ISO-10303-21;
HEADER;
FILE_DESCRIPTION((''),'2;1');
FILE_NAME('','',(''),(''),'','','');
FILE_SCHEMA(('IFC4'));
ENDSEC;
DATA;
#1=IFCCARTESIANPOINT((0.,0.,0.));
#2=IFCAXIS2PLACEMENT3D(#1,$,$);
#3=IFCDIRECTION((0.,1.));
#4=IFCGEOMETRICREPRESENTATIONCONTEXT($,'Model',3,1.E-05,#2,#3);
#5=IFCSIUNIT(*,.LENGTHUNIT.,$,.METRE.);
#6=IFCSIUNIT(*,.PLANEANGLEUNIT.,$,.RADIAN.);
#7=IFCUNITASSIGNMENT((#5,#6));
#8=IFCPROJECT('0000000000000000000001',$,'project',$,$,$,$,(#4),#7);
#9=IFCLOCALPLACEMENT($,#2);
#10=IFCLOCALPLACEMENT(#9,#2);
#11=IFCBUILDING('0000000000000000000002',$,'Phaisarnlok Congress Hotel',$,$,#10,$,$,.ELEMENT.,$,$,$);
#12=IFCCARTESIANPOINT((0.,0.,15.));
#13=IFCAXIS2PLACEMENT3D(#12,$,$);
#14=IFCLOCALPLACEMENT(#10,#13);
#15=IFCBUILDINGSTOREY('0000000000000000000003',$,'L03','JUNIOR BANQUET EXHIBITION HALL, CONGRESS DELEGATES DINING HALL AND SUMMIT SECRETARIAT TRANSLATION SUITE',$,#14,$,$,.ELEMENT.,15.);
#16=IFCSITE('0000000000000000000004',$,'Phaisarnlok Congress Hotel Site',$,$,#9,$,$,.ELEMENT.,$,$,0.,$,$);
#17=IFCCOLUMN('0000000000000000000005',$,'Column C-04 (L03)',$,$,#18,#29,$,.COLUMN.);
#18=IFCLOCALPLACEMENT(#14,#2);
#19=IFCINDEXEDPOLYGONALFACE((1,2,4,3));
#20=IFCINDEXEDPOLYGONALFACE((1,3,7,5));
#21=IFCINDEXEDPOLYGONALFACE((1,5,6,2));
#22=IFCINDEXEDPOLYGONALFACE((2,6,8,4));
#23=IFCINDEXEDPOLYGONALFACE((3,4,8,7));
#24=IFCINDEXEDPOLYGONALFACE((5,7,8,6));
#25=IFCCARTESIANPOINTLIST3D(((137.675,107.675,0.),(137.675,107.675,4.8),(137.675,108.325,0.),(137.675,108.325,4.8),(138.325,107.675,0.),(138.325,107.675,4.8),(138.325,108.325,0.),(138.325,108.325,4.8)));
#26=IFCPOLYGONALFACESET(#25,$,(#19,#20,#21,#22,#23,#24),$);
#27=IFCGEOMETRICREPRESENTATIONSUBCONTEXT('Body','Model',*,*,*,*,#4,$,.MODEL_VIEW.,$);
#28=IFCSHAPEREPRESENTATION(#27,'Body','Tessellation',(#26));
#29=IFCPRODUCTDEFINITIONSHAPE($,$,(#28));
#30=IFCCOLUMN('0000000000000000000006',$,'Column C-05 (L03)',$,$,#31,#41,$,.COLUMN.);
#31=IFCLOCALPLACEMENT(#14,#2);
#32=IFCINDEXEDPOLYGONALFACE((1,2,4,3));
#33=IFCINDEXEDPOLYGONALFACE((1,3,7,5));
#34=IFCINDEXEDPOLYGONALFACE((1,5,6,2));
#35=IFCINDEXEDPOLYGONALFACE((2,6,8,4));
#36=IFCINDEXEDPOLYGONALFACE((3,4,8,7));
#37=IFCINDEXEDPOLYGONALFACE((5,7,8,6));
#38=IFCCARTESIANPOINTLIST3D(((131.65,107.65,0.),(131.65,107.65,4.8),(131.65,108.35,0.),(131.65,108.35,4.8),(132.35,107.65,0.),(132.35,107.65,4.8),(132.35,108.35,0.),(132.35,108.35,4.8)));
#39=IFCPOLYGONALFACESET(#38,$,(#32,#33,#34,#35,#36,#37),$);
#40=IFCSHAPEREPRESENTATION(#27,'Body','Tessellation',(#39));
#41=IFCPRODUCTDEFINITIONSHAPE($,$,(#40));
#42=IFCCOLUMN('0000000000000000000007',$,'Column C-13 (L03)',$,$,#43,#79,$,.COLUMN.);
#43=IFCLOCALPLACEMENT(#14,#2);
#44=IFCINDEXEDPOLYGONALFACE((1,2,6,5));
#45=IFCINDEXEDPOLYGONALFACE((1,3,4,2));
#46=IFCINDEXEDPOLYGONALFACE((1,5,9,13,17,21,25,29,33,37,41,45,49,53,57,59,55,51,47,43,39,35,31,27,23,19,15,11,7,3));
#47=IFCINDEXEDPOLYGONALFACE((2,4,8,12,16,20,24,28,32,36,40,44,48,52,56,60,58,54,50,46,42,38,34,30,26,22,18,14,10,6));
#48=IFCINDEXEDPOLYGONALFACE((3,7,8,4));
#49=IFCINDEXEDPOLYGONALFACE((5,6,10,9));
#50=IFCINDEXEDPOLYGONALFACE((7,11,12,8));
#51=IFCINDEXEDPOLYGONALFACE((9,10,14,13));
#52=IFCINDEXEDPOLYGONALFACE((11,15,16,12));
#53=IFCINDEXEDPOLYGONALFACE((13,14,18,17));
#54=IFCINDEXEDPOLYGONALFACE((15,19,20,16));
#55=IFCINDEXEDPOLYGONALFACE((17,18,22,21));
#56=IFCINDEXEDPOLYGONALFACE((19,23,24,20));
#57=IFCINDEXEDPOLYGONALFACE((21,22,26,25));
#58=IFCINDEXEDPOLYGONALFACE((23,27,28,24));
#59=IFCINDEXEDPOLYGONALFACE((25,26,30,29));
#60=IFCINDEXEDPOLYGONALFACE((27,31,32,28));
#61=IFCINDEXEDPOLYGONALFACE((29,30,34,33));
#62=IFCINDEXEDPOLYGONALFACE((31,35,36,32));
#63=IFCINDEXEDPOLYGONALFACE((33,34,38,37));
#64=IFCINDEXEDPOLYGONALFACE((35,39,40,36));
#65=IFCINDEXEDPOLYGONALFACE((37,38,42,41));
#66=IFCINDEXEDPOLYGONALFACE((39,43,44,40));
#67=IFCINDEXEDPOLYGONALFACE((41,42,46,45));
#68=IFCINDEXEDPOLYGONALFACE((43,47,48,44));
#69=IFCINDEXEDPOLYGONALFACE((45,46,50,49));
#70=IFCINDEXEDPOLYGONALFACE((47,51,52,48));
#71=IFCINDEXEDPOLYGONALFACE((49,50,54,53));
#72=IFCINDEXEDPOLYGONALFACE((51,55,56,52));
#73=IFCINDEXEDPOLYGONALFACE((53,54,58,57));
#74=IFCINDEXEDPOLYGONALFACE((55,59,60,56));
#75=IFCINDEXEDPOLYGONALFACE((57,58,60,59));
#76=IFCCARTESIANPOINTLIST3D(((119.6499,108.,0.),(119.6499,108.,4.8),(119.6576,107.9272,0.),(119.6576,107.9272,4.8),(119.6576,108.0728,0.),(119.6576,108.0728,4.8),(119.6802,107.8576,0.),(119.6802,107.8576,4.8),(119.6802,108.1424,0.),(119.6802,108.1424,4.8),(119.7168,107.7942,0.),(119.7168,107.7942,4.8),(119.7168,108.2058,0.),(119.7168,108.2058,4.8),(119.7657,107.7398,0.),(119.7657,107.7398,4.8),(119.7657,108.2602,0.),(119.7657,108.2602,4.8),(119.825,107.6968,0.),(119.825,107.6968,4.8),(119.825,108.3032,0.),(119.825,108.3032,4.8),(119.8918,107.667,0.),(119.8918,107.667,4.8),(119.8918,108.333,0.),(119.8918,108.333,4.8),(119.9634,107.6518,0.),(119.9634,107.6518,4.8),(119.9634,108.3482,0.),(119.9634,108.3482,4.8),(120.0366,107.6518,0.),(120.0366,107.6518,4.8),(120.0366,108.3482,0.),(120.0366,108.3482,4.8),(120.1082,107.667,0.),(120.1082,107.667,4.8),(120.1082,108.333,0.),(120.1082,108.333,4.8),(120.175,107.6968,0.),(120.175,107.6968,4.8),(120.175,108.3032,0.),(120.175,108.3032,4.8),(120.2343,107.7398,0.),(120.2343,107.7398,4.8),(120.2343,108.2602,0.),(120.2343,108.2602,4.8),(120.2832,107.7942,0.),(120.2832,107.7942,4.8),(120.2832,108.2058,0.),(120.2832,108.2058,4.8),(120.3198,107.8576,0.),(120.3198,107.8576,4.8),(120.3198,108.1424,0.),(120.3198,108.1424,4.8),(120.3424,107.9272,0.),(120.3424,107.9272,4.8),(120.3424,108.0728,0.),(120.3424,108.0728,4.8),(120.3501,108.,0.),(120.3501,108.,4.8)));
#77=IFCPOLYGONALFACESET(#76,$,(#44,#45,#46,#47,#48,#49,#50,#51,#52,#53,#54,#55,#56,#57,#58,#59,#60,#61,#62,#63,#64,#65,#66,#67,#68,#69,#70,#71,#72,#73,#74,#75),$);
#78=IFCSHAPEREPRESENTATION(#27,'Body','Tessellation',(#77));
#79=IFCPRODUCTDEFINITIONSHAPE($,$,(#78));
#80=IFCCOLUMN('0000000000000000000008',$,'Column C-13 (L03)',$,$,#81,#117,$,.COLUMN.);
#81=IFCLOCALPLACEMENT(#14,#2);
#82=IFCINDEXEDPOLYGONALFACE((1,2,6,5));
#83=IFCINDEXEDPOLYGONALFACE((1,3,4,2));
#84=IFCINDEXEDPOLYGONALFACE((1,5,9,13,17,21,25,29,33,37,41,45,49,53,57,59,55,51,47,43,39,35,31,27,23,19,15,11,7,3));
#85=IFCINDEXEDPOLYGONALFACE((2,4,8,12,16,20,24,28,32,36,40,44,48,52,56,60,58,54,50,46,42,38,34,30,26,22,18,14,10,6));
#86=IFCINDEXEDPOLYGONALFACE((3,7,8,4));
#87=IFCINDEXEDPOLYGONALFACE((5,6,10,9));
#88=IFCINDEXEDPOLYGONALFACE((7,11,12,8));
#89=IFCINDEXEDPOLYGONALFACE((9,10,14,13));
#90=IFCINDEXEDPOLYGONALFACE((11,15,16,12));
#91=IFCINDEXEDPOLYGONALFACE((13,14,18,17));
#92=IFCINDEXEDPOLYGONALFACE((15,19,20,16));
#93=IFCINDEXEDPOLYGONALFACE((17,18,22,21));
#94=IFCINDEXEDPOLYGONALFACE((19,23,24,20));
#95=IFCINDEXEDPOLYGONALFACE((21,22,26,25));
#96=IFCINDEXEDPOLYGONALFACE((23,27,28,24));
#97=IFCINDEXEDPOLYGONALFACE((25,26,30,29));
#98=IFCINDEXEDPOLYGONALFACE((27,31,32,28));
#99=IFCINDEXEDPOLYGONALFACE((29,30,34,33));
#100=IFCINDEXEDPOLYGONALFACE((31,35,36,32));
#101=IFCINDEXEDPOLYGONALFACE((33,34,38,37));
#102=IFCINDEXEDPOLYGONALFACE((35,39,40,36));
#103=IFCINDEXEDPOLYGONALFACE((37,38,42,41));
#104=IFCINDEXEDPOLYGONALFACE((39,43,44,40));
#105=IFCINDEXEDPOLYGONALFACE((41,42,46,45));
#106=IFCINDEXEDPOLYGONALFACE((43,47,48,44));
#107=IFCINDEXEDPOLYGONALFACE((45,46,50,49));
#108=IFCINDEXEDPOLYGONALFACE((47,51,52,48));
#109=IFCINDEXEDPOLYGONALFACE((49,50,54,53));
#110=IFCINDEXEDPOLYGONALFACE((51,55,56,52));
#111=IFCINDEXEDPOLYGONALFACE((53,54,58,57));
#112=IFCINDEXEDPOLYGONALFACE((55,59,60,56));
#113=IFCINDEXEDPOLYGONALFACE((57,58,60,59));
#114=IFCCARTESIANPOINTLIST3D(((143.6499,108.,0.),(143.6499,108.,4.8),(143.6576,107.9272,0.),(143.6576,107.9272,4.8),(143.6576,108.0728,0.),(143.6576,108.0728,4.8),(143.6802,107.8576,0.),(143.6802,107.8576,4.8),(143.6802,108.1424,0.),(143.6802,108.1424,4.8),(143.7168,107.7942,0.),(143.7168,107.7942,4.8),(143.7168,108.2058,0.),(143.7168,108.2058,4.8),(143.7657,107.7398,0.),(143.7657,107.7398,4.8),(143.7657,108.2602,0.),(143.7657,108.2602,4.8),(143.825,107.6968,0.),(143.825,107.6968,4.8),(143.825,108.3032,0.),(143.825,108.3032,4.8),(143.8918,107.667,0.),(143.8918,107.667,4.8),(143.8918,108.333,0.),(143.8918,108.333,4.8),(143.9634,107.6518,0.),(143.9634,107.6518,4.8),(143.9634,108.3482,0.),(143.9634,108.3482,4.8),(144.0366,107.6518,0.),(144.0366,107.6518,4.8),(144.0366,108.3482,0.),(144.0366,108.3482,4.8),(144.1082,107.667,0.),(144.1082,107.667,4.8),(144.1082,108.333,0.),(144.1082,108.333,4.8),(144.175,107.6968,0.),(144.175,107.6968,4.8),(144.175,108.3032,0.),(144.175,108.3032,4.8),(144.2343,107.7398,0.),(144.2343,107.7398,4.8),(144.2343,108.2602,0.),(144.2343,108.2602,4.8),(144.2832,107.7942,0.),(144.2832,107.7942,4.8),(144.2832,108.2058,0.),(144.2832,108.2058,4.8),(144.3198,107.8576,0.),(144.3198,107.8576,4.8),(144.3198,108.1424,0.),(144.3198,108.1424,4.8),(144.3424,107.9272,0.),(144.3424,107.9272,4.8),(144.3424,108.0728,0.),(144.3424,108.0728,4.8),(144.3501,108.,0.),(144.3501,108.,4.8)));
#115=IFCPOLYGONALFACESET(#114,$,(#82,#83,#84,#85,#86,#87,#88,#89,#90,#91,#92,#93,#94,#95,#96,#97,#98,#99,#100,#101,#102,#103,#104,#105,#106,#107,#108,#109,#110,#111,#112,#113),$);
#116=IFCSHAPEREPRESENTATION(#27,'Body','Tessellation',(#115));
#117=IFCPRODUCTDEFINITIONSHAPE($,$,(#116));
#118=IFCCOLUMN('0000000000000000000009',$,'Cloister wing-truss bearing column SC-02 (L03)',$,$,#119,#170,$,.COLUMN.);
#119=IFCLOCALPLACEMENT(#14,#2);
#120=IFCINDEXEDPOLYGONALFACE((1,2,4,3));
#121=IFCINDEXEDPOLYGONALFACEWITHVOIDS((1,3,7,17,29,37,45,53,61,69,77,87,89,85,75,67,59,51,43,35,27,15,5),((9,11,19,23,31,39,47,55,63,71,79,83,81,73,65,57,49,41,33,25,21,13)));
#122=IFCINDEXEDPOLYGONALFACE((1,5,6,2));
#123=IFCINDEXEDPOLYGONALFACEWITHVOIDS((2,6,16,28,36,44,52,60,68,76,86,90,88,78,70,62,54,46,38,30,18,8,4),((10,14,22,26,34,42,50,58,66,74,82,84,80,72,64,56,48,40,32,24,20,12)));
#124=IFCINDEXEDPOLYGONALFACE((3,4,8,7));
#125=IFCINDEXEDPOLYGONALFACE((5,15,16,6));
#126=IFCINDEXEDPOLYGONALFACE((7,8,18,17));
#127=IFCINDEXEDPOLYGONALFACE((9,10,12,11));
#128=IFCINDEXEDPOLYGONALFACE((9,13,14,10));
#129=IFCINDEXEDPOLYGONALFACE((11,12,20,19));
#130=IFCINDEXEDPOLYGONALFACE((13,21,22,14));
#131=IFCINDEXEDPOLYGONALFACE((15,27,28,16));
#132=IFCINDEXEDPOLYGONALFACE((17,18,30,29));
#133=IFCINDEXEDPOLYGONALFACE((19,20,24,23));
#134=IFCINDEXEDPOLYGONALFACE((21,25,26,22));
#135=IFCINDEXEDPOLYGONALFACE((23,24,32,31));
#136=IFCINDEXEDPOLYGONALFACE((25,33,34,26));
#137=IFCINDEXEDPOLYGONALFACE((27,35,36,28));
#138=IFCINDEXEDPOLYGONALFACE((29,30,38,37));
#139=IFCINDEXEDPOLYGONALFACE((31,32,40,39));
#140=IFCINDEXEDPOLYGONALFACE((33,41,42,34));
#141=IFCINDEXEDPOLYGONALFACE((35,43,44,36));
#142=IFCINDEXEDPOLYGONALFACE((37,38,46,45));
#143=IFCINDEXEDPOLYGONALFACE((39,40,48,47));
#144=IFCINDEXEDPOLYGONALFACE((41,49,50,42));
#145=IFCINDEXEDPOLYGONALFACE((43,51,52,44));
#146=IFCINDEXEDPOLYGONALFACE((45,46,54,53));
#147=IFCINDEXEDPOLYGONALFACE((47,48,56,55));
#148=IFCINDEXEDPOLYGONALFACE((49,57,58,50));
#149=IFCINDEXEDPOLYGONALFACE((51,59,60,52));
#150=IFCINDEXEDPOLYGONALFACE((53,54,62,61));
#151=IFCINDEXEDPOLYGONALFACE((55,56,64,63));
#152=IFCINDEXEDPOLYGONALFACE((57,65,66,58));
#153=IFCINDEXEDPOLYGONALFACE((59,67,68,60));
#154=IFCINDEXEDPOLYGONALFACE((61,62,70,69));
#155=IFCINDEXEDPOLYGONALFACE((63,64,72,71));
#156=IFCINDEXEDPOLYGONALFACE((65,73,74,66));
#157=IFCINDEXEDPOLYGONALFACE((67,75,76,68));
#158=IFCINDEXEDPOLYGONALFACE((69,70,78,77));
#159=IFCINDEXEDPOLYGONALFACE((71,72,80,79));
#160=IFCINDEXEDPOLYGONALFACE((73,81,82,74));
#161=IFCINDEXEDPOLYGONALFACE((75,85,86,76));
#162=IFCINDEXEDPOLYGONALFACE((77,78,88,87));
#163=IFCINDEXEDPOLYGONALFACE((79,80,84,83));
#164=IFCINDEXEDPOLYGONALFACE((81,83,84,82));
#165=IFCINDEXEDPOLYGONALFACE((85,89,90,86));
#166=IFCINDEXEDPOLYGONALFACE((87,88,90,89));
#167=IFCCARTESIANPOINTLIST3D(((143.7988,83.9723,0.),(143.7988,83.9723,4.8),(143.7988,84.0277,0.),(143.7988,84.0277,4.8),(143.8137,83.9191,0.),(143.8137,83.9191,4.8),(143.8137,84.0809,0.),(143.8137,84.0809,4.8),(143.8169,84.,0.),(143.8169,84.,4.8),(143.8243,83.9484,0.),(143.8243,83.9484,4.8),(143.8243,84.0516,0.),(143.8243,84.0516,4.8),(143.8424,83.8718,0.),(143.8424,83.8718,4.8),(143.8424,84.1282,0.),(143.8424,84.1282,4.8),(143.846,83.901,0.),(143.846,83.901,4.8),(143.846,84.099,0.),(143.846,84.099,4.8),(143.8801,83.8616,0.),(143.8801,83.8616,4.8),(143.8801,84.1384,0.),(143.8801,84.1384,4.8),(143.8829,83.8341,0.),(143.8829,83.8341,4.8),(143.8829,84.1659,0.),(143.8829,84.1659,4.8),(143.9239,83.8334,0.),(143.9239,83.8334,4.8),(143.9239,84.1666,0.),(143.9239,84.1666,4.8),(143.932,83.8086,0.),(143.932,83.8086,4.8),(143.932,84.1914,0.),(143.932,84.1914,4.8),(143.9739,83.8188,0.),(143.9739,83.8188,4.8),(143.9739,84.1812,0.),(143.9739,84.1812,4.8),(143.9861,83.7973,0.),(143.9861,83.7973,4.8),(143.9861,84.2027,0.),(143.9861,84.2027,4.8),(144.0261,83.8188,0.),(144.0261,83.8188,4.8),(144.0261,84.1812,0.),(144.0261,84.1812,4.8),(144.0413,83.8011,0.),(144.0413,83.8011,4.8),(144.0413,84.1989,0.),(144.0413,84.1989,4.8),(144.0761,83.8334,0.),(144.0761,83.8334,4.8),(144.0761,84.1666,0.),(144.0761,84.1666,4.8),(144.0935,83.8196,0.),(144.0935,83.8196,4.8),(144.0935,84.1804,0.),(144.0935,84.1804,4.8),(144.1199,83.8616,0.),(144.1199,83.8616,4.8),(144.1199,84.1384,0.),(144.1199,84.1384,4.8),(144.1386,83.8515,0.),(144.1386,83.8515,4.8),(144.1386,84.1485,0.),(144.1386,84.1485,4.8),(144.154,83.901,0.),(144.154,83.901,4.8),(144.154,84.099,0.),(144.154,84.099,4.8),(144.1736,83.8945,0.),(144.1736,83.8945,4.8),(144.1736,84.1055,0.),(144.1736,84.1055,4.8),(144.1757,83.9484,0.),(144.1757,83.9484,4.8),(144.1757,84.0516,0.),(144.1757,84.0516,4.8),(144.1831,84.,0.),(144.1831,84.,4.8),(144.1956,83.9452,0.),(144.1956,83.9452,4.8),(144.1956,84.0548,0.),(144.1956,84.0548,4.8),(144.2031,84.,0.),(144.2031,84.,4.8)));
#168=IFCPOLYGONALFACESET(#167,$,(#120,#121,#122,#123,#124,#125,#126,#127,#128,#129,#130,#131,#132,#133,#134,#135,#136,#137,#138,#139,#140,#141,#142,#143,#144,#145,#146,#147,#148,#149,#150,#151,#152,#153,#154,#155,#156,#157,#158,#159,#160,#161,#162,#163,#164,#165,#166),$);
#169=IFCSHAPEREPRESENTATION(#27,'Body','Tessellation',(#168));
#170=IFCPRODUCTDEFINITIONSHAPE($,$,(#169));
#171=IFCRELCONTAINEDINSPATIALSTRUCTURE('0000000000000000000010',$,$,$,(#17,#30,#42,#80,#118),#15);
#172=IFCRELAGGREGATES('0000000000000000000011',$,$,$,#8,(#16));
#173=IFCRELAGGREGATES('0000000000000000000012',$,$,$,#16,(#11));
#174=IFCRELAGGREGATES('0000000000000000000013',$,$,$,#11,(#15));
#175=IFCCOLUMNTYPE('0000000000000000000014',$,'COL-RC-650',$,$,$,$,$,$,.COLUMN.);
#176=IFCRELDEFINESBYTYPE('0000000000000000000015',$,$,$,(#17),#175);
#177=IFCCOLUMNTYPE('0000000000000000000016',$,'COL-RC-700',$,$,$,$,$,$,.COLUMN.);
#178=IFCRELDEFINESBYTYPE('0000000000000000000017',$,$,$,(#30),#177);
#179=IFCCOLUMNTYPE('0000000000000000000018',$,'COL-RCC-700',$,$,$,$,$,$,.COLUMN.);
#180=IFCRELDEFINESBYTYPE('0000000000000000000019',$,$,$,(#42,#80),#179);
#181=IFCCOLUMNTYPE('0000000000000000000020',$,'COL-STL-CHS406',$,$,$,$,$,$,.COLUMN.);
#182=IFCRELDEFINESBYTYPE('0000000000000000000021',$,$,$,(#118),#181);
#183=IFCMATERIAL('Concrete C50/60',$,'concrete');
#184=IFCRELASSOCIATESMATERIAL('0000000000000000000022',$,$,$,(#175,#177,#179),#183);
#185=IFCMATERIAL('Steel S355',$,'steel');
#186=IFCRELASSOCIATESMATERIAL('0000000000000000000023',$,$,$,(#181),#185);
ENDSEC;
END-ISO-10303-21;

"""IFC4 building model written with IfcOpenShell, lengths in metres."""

from ifc_helpers import new_model, si_unit, direction, frame, origin, origin_2d, place, context, subcontext, project, spatial, rectangle, circle, hollow_circle, extrude, material, material_profile, profile_set, type_object, element, save


model = new_model("IFC4")

# Units and contexts
model_context = context("Model", 3, precision=1e-05, world=origin(), true_north=direction((0.0, 1.0)))
body_context = subcontext(model_context, "Body", "Model", "MODEL_VIEW")
ifc_project = project(units=[si_unit("LENGTHUNIT", "METRE"), si_unit("PLANEANGLEUNIT", "RADIAN")], contexts=[model_context])

# Site, building, storey
site_placement = place(None, origin())
site = spatial("IfcSite", under=ifc_project, at=site_placement, Name="Phaisarnlok Congress Hotel Site", CompositionType="ELEMENT", RefElevation=0.0)
building_placement = place(site_placement, origin())
building = spatial("IfcBuilding", under=site, at=building_placement, Name="Phaisarnlok Congress Hotel", CompositionType="ELEMENT")
storey_placement = place(building_placement, frame((0.0, 0.0, 15.0)))
storey = spatial("IfcBuildingStorey", under=building, at=storey_placement, Name="L03", Description="JUNIOR BANQUET EXHIBITION HALL, CONGRESS DELEGATES DINING HALL AND SUMMIT SECRETARIAT TRANSLATION SUITE", CompositionType="ELEMENT", Elevation=15.0)

# Columns
ifc_material_1 = material(Name="Concrete C50/60", Category="concrete")
ifc_material_profile_1 = material_profile(ifc_material_1, rectangle(XDim=0.6499, YDim=0.6499, at=origin_2d()), Name="RC 650x650")
ifc_profile_set_1 = profile_set([ifc_material_profile_1], Name="Concrete C50/60")
column_type_1 = type_object("IfcColumnType", Name="COL-RC-650", PredefinedType="COLUMN", material=ifc_profile_set_1)
column_1_placement = place(storey_placement, frame((138.0, 108.0, 0.0), z_axis=(0.0, 0.0, 1.0), x_axis=(1.0, 0.0, 0.0)))
element("IfcColumn", 1, at=column_1_placement, inside=storey, type_object=column_type_1, Name="Column C-04 (L03)", PredefinedType="COLUMN", context=body_context, shape_type="SweptSolid", body=[
    extrude(rectangle(XDim=0.6499, YDim=0.6499, at=origin_2d()), origin(), (0.0, 0.0, 1.0), 4.8),
])
ifc_material_profile_2 = material_profile(ifc_material_1, rectangle(XDim=0.7, YDim=0.7, at=origin_2d()), Name="RC 700x700")
ifc_profile_set_2 = profile_set([ifc_material_profile_2], Name="Concrete C50/60")
column_type_2 = type_object("IfcColumnType", Name="COL-RC-700", PredefinedType="COLUMN", material=ifc_profile_set_2)
column_2_placement = place(storey_placement, frame((132.0, 108.0, 0.0), z_axis=(0.0, 0.0, 1.0), x_axis=(1.0, 0.0, 0.0)))
element("IfcColumn", 2, at=column_2_placement, inside=storey, type_object=column_type_2, Name="Column C-05 (L03)", PredefinedType="COLUMN", context=body_context, shape_type="SweptSolid", body=[
    extrude(rectangle(XDim=0.7, YDim=0.7, at=origin_2d()), origin(), (0.0, 0.0, 1.0), 4.8),
])
ifc_material_profile_3 = material_profile(ifc_material_1, circle(Radius=0.3501, at=origin_2d()), Name="RCC D700")
ifc_profile_set_3 = profile_set([ifc_material_profile_3], Name="Concrete C50/60")
column_type_3 = type_object("IfcColumnType", Name="COL-RCC-700", PredefinedType="COLUMN", material=ifc_profile_set_3)
for number, where, z_axis, x_axis, name in (
    (3, (120.0, 108.0, 0.0), (0.0, 0.0, 1.0), (1.0, 0.0, 0.0), "Column C-13 (L03)"),
    (4, (144.0, 108.0, 0.0), (0.0, 0.0, 1.0), (1.0, 0.0, 0.0), "Column C-13 (L03)"),
):
    element("IfcColumn", number, at=place(storey_placement, frame(where, z_axis=z_axis, x_axis=x_axis)), inside=storey, type_object=column_type_3, Name=name, PredefinedType="COLUMN", context=body_context, shape_type="SweptSolid", body=[
        extrude(circle(Radius=0.3501, at=origin_2d()), origin(), (0.0, 0.0, 1.0), 4.8),
    ])
ifc_material_2 = material(Name="Steel S355", Category="steel")
ifc_material_profile_4 = material_profile(ifc_material_2, hollow_circle(Radius=0.2031, WallThickness=0.02, at=origin_2d()), Name="CHS 406.4x20")
ifc_profile_set_4 = profile_set([ifc_material_profile_4], Name="Steel S355")
column_type_4 = type_object("IfcColumnType", Name="COL-STL-CHS406", PredefinedType="COLUMN", material=ifc_profile_set_4)
for number, where, z_axis, x_axis, name in (
    (5, (144.0, 84.0, 0.0), (0.0, 0.0, 1.0), (1.0, 0.0, 0.0), "Cloister wing-truss bearing column SC-02 (L03)"),
):
    element("IfcColumn", number, at=place(storey_placement, frame(where, z_axis=z_axis, x_axis=x_axis)), inside=storey, type_object=column_type_4, Name=name, PredefinedType="COLUMN", context=body_context, shape_type="SweptSolid", body=[
        extrude(hollow_circle(Radius=0.2031, WallThickness=0.02, at=origin_2d()), origin(), (0.0, 0.0, 1.0), 4.8),
    ])

save(model, "model.ifc")
